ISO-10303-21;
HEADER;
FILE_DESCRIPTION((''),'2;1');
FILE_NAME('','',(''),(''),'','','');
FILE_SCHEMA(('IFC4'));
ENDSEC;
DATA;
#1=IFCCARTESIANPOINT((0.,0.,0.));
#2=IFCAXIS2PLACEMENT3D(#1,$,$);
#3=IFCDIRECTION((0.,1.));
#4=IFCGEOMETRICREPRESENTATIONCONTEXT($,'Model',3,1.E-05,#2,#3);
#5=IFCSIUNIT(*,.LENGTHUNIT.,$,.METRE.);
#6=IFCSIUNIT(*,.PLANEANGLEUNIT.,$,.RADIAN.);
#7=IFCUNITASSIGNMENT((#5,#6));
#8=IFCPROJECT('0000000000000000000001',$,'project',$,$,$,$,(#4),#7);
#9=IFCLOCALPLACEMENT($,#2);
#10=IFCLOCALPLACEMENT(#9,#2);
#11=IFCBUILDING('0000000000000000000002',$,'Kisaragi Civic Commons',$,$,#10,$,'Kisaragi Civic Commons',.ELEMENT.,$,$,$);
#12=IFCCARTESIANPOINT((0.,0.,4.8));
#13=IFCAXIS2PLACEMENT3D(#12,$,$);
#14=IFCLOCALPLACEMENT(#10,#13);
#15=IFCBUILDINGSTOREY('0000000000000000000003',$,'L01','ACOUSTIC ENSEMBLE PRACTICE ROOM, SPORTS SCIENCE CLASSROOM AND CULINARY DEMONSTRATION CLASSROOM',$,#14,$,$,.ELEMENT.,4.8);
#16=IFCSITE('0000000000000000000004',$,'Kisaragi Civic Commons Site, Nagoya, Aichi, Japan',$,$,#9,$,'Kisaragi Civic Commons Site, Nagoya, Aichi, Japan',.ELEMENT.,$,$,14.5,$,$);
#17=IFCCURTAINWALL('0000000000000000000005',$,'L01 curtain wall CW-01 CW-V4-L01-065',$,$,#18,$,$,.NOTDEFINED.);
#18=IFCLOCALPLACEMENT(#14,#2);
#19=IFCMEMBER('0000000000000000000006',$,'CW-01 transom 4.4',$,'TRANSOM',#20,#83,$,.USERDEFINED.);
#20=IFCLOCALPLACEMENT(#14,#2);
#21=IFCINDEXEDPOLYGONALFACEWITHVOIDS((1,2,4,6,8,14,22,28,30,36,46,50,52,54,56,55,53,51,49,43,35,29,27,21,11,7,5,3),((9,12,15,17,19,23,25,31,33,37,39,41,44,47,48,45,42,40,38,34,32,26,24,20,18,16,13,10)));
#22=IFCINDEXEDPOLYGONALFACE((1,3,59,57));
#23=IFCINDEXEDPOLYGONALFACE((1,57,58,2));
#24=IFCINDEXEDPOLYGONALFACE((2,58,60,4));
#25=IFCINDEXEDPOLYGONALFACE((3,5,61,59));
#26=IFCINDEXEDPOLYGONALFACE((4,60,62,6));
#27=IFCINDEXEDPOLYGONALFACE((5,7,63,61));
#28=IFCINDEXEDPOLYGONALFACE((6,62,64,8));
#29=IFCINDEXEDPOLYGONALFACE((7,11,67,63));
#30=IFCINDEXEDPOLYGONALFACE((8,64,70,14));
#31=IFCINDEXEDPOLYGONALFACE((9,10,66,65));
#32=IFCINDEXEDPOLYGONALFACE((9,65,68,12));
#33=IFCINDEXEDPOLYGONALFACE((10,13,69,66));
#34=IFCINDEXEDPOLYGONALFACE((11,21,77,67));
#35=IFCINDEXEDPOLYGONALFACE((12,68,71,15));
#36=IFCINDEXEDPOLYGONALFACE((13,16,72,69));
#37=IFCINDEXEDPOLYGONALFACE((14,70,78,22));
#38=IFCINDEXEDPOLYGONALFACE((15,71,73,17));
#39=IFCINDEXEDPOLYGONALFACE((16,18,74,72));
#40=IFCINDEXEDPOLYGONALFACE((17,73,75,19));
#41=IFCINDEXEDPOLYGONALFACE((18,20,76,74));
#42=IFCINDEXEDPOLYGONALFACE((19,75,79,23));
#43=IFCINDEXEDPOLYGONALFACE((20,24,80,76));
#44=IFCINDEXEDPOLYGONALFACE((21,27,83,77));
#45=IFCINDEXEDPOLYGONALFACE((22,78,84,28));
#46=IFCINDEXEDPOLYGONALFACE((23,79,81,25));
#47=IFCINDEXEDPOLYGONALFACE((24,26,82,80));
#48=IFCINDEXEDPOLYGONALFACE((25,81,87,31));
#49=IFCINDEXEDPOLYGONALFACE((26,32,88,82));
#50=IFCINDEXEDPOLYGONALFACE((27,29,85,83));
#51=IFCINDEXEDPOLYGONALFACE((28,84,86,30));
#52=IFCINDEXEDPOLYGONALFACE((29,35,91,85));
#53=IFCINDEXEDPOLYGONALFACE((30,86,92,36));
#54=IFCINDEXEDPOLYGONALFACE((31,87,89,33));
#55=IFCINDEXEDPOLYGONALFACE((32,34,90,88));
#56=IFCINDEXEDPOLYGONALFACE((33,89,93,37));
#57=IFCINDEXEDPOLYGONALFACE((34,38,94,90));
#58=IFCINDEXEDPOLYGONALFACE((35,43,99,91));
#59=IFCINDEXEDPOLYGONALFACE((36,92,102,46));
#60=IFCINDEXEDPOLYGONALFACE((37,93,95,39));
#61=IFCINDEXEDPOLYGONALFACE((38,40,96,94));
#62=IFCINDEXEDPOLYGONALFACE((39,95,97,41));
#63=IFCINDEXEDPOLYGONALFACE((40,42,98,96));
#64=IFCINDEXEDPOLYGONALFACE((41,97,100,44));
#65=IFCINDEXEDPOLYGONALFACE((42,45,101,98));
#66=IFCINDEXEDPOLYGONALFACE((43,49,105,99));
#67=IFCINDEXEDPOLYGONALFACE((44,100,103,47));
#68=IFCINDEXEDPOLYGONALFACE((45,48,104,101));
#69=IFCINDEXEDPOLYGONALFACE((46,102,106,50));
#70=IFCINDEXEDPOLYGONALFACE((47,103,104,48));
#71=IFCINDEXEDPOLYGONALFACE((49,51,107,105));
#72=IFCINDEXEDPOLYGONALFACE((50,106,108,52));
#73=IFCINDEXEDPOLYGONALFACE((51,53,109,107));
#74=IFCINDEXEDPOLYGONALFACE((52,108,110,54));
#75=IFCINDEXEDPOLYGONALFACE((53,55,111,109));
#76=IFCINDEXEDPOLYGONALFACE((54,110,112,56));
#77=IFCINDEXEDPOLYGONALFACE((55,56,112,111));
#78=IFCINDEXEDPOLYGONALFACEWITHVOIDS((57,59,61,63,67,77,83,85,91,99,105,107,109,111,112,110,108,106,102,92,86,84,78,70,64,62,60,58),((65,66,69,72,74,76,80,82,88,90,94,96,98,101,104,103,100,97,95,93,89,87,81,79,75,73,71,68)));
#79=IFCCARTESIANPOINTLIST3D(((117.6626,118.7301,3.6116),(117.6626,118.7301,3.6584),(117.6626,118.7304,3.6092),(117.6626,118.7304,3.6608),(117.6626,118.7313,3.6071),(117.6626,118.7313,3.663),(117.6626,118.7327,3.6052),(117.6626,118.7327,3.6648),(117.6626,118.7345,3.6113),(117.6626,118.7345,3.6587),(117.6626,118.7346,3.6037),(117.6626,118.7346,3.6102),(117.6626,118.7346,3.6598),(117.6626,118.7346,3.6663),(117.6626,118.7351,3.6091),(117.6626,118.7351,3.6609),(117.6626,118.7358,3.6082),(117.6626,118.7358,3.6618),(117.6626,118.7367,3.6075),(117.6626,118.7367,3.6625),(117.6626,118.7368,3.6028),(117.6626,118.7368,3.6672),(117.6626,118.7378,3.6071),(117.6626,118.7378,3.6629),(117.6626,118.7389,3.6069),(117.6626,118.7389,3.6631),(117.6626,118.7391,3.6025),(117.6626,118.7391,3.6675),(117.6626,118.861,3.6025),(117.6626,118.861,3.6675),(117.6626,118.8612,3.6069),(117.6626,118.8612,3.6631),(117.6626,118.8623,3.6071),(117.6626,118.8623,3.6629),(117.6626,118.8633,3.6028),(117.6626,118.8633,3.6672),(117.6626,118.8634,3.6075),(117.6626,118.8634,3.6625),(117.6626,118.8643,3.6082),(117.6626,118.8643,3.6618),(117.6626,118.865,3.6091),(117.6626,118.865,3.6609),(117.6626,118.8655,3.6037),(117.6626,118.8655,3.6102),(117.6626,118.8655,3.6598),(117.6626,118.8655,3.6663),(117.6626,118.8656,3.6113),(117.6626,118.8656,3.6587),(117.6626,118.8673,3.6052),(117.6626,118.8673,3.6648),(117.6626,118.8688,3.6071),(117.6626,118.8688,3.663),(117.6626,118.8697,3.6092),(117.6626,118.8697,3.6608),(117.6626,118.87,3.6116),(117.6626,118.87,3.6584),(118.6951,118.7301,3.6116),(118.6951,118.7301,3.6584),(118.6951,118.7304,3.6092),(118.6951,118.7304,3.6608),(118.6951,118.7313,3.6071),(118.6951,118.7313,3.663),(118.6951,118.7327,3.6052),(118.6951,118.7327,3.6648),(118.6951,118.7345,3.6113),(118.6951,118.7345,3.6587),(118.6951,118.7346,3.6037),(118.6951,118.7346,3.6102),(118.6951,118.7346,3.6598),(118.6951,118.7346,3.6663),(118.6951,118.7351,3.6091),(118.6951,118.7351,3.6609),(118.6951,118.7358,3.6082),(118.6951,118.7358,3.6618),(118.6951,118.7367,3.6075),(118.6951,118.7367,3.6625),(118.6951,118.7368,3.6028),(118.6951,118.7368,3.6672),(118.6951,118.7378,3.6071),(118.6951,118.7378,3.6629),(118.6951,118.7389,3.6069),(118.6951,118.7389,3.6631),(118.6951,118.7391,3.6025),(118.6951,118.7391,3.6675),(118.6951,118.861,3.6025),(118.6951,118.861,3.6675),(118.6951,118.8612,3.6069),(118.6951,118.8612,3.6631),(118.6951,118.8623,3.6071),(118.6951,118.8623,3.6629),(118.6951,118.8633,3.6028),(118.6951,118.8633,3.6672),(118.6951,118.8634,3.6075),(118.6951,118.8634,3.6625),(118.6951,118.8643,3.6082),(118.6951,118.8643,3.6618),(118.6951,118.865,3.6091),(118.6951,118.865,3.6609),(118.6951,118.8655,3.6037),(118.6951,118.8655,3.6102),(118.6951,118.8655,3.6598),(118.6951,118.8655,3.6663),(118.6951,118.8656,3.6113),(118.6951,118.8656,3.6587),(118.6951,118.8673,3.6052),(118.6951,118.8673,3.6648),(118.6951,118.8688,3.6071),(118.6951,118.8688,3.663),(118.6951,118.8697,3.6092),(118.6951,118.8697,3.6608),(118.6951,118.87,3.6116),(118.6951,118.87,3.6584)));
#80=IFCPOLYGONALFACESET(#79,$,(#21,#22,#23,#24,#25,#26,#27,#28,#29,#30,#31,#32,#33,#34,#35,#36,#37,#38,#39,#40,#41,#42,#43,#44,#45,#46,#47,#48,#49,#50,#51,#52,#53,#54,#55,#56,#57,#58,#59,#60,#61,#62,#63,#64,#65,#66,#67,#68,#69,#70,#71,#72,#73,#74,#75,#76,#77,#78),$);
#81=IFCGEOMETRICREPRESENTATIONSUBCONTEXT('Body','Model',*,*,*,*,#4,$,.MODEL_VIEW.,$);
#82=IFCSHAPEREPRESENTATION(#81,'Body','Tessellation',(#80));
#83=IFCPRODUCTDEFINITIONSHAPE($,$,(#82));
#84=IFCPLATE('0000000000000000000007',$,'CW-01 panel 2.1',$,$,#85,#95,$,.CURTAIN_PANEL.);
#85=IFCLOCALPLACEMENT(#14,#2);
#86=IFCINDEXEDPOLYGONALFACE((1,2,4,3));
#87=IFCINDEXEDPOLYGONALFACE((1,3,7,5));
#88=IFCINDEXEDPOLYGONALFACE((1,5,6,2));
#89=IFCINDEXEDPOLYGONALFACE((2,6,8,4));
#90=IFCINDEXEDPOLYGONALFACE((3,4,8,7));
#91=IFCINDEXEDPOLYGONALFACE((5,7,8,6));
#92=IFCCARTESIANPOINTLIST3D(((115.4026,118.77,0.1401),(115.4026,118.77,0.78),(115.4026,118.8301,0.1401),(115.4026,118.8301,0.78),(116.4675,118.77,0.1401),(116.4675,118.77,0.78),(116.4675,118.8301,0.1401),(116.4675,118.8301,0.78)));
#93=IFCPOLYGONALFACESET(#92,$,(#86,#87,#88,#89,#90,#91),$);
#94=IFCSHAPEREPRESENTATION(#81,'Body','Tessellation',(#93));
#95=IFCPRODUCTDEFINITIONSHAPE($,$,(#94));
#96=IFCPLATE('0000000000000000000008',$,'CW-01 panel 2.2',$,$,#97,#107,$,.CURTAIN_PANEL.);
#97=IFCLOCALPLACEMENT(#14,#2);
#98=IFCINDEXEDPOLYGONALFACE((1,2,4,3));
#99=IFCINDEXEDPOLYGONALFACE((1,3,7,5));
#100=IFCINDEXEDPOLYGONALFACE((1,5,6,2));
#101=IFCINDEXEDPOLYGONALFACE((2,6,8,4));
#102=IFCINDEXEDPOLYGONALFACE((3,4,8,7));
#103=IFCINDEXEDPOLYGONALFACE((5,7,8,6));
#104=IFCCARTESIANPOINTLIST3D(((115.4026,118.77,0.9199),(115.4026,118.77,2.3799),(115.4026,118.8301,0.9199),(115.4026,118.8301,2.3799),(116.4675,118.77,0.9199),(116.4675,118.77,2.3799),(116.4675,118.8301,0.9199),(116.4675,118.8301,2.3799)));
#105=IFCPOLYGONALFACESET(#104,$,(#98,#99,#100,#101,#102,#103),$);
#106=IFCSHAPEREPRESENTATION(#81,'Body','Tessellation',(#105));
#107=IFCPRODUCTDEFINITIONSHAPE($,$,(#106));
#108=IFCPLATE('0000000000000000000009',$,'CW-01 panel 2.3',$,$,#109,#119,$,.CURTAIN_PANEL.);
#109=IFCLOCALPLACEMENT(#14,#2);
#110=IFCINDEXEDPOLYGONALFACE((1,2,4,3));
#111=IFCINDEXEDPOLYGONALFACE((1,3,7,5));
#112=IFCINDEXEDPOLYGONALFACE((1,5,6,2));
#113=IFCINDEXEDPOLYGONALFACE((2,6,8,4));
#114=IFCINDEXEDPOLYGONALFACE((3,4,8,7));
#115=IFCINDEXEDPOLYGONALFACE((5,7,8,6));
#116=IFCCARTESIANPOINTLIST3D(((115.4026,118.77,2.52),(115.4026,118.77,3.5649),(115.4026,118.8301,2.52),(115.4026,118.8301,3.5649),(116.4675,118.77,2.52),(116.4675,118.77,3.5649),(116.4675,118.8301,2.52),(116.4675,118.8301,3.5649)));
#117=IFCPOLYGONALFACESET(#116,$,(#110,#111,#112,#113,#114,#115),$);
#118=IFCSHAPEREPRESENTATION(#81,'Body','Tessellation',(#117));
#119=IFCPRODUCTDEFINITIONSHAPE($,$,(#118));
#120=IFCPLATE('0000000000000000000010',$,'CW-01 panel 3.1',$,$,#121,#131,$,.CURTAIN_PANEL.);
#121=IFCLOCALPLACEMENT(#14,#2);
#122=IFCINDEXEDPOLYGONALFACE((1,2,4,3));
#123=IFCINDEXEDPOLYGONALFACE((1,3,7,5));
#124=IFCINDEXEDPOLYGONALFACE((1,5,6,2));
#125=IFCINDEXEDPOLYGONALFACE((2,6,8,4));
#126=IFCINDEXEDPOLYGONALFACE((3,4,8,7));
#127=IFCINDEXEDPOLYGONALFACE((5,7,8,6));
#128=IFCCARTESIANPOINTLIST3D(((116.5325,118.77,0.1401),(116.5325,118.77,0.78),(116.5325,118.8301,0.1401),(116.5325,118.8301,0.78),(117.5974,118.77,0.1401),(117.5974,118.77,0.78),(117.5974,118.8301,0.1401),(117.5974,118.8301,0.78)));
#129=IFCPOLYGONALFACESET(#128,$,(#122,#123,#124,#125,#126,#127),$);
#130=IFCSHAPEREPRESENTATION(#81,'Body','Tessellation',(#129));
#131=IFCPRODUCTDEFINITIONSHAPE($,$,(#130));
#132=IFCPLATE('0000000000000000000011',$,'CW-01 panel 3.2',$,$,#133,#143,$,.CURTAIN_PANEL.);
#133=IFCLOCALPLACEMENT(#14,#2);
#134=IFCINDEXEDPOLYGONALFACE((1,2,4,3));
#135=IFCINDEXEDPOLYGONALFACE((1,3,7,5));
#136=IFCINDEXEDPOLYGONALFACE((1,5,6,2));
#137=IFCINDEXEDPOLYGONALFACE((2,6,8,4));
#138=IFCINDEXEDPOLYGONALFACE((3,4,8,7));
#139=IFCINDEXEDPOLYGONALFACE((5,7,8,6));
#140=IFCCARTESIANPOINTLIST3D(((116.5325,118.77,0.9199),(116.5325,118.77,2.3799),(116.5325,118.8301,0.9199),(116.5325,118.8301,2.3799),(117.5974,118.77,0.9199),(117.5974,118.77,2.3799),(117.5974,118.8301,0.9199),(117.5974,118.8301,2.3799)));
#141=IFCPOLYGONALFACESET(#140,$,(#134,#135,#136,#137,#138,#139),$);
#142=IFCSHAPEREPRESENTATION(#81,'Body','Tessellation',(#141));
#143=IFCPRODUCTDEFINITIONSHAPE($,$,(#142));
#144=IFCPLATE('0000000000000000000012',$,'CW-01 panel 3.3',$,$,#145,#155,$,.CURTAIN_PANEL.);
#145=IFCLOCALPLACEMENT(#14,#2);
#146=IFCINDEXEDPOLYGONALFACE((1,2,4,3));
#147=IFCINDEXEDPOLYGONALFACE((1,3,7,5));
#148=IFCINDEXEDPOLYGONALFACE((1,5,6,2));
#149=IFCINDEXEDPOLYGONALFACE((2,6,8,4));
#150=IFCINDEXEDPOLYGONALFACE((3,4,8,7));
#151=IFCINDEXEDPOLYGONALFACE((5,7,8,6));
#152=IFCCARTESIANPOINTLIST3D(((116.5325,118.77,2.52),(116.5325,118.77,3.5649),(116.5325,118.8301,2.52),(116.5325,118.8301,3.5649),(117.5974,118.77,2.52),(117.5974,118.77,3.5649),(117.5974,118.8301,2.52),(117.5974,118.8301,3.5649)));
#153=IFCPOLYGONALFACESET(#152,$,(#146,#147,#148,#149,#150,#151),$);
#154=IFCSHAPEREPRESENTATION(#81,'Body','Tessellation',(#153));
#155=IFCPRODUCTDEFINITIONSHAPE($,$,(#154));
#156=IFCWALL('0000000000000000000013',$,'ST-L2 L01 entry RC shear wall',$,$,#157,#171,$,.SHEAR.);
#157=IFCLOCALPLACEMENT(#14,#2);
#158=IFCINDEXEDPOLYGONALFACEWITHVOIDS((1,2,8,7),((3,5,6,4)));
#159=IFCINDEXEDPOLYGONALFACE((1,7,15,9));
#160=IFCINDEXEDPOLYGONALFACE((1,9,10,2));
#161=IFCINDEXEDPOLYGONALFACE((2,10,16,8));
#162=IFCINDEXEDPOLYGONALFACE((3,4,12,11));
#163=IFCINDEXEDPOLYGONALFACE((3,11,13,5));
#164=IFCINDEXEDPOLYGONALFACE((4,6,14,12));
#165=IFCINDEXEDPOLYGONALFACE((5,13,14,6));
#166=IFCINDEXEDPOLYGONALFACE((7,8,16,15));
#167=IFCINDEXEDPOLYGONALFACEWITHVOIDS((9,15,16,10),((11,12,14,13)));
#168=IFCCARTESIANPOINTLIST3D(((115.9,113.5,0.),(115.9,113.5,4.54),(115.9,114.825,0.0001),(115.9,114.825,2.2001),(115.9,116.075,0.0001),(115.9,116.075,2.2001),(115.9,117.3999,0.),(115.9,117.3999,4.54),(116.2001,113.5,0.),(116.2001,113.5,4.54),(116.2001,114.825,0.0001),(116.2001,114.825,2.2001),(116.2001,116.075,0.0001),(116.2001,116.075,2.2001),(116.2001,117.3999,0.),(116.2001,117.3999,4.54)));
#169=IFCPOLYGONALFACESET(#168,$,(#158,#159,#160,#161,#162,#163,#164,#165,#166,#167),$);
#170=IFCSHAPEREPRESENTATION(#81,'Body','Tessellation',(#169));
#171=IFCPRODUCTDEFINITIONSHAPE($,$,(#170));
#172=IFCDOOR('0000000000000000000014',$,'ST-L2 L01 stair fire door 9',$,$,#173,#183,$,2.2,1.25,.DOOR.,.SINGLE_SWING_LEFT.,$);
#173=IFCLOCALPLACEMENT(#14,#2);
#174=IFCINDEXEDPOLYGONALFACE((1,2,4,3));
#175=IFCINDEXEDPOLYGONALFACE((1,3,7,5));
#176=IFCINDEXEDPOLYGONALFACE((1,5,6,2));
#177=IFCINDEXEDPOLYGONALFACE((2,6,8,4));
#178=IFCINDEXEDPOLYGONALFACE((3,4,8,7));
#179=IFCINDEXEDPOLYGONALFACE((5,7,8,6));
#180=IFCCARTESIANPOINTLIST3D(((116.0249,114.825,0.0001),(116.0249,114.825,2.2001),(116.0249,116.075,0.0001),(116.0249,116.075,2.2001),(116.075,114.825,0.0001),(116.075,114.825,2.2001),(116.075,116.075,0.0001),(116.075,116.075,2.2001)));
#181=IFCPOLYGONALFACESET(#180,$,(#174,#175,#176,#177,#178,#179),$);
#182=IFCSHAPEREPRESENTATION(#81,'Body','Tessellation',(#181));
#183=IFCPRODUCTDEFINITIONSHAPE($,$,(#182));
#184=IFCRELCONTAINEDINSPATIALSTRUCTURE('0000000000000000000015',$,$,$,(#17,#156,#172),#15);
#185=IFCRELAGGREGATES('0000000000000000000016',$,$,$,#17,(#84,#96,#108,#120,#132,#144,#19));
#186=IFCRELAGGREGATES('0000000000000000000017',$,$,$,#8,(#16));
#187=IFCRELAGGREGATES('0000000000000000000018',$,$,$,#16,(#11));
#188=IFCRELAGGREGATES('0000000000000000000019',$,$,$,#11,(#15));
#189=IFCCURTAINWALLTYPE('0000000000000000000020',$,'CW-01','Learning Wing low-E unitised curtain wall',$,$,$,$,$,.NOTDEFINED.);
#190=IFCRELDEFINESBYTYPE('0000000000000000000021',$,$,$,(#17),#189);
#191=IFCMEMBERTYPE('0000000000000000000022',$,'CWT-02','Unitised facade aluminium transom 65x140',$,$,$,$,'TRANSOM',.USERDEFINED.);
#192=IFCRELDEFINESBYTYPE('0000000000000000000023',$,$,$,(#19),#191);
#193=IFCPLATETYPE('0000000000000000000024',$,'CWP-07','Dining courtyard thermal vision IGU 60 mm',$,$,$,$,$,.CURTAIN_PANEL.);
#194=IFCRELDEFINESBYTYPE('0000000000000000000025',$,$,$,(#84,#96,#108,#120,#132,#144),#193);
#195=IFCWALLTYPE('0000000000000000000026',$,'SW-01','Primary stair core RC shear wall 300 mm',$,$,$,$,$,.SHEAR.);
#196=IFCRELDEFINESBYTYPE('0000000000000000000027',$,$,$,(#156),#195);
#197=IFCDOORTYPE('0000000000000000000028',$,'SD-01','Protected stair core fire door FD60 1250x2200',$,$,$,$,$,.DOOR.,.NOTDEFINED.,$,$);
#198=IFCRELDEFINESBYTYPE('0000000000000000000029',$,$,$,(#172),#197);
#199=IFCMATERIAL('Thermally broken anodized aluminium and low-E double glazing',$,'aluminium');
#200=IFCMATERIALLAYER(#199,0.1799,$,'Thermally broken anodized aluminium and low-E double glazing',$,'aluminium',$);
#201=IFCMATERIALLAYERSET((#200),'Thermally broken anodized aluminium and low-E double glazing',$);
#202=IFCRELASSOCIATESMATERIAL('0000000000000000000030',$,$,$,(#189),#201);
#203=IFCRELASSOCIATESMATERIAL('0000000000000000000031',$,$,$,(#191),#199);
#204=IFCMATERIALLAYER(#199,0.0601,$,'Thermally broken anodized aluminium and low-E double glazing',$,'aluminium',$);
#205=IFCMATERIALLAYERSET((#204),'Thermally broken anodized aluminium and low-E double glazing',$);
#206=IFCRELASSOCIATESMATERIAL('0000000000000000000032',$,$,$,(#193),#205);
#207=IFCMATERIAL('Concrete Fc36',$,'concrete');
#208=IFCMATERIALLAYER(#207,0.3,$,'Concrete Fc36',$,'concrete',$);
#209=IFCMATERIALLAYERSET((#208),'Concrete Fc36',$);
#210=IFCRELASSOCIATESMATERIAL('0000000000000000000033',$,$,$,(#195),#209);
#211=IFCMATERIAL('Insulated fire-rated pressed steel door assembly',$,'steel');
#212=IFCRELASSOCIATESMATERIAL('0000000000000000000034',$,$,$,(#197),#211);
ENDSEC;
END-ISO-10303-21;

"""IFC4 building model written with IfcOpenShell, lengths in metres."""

from ifc_helpers import new_model, si_unit, direction, frame, frame_2d, origin, origin_2d, place, context, subcontext, project, spatial, rectangle, hollow_rectangle, extrude, material, layer, layer_set, material_profile, profile_set, type_object, element, fill, aggregate, save


model = new_model("IFC4")

# Units and contexts
model_context = context("Model", 3, precision=1e-05, world=origin(), true_north=direction((0.0, 1.0)))
body_context = subcontext(model_context, "Body", "Model", "MODEL_VIEW")
ifc_project = project(units=[si_unit("LENGTHUNIT", "METRE"), si_unit("PLANEANGLEUNIT", "RADIAN")], contexts=[model_context])

# Site, building, storey
site_placement = place(None, origin())
site = spatial("IfcSite", under=ifc_project, at=site_placement, Name="Kisaragi Civic Commons Site, Nagoya, Aichi, Japan", LongName="Kisaragi Civic Commons Site, Nagoya, Aichi, Japan", CompositionType="ELEMENT", RefElevation=14.5)
building_placement = place(site_placement, origin())
building = spatial("IfcBuilding", under=site, at=building_placement, Name="Kisaragi Civic Commons", LongName="Kisaragi Civic Commons", CompositionType="ELEMENT")
storey_placement = place(building_placement, frame((0.0, 0.0, 4.8)))
storey = spatial("IfcBuildingStorey", under=building, at=storey_placement, Name="L01", Description="ACOUSTIC ENSEMBLE PRACTICE ROOM, SPORTS SCIENCE CLASSROOM AND CULINARY DEMONSTRATION CLASSROOM", CompositionType="ELEMENT", Elevation=4.8)

# Curtain wall, member, plates
ifc_material_1 = material(Name="Thermally broken anodized aluminium and low-E double glazing", Category="aluminium")
ifc_layer_1 = layer(ifc_material_1, 0.1799, Name="Thermally broken anodized aluminium and low-E double glazing", Category="aluminium")
ifc_layer_set_1 = layer_set([ifc_layer_1], Name="Thermally broken anodized aluminium and low-E double glazing")
curtain_wall_type = type_object("IfcCurtainWallType", Name="CW-01", Description="Learning Wing low-E unitised curtain wall", PredefinedType="NOTDEFINED", material=ifc_layer_set_1)
curtain_wall_placement = place(storey_placement, origin())
curtain_wall = element("IfcCurtainWall", 1, at=curtain_wall_placement, inside=storey, type_object=curtain_wall_type, Name="L01 curtain wall CW-01 CW-V4-L01-065", PredefinedType="NOTDEFINED")
ifc_material_profile_1 = material_profile(ifc_material_1, hollow_rectangle(XDim=0.1399, YDim=0.0649, WallThickness=0.0044, InnerFilletRadius=0.0044, OuterFilletRadius=0.009, at=origin_2d()), Name="CWT-65x140x4.5", Category="aluminium")
ifc_profile_set_1 = profile_set([ifc_material_profile_1], Name="Thermally broken anodized aluminium and low-E double glazing")
member_type_1 = type_object("IfcMemberType", Name="CWT-02", Description="Unitised facade aluminium transom 65x140", ElementType="TRANSOM", PredefinedType="USERDEFINED", material=ifc_profile_set_1)
member_1_placement = place(storey_placement, frame((117.6626, 118.8, 3.635), z_axis=(1.0, 0.0, 0.0), x_axis=(0.0, 1.0, 0.0)))
member_1 = element("IfcMember", 2, at=member_1_placement, type_object=member_type_1, Name="CW-01 transom 4.4", ObjectType="TRANSOM", PredefinedType="USERDEFINED", context=body_context, shape_type="SweptSolid", body=[
    extrude(hollow_rectangle(XDim=0.1399, YDim=0.0649, WallThickness=0.0044, InnerFilletRadius=0.0044, OuterFilletRadius=0.009, at=origin_2d()), origin(), (0.0, 0.0, 1.0), 1.0325),
])
ifc_layer_2 = layer(ifc_material_1, 0.0601, Name="Thermally broken anodized aluminium and low-E double glazing", Category="aluminium")
ifc_layer_set_2 = layer_set([ifc_layer_2], Name="Thermally broken anodized aluminium and low-E double glazing")
plate_type = type_object("IfcPlateType", Name="CWP-07", Description="Dining courtyard thermal vision IGU 60 mm", PredefinedType="CURTAIN_PANEL", material=ifc_layer_set_2)
plate_1_placement = place(storey_placement, frame((115.9351, 118.8, 0.1401), z_axis=(0.0, 0.0, 1.0), x_axis=(1.0, 0.0, 0.0)))
plate_1 = element("IfcPlate", 3, at=plate_1_placement, type_object=plate_type, Name="CW-01 panel 2.1", PredefinedType="CURTAIN_PANEL", context=body_context, shape_type="SweptSolid", body=[
    extrude(rectangle(XDim=1.0649, YDim=0.0601, at=origin_2d()), origin(), (0.0, 0.0, 1.0), 0.6399),
])
plate_2_placement = place(storey_placement, frame((115.9351, 118.8, 0.9199), z_axis=(0.0, 0.0, 1.0), x_axis=(1.0, 0.0, 0.0)))
plate_2 = element("IfcPlate", 4, at=plate_2_placement, type_object=plate_type, Name="CW-01 panel 2.2", PredefinedType="CURTAIN_PANEL", context=body_context, shape_type="SweptSolid", body=[
    extrude(rectangle(XDim=1.0649, YDim=0.0601, at=origin_2d()), origin(), (0.0, 0.0, 1.0), 1.46),
])
plate_3_placement = place(storey_placement, frame((115.9351, 118.8, 2.52), z_axis=(0.0, 0.0, 1.0), x_axis=(1.0, 0.0, 0.0)))
plate_3 = element("IfcPlate", 5, at=plate_3_placement, type_object=plate_type, Name="CW-01 panel 2.3", PredefinedType="CURTAIN_PANEL", context=body_context, shape_type="SweptSolid", body=[
    extrude(rectangle(XDim=1.0649, YDim=0.0601, at=origin_2d()), origin(), (0.0, 0.0, 1.0), 1.0449),
])
plate_4_placement = place(storey_placement, frame((117.0649, 118.8, 0.1401), z_axis=(0.0, 0.0, 1.0), x_axis=(1.0, 0.0, 0.0)))
plate_4 = element("IfcPlate", 6, at=plate_4_placement, type_object=plate_type, Name="CW-01 panel 3.1", PredefinedType="CURTAIN_PANEL", context=body_context, shape_type="SweptSolid", body=[
    extrude(rectangle(XDim=1.0649, YDim=0.0601, at=origin_2d()), origin(), (0.0, 0.0, 1.0), 0.6399),
])
plate_5_placement = place(storey_placement, frame((117.0649, 118.8, 0.9199), z_axis=(0.0, 0.0, 1.0), x_axis=(1.0, 0.0, 0.0)))
plate_5 = element("IfcPlate", 7, at=plate_5_placement, type_object=plate_type, Name="CW-01 panel 3.2", PredefinedType="CURTAIN_PANEL", context=body_context, shape_type="SweptSolid", body=[
    extrude(rectangle(XDim=1.0649, YDim=0.0601, at=origin_2d()), origin(), (0.0, 0.0, 1.0), 1.46),
])
plate_6_placement = place(storey_placement, frame((117.0649, 118.8, 2.52), z_axis=(0.0, 0.0, 1.0), x_axis=(1.0, 0.0, 0.0)))
plate_6 = element("IfcPlate", 8, at=plate_6_placement, type_object=plate_type, Name="CW-01 panel 3.3", PredefinedType="CURTAIN_PANEL", context=body_context, shape_type="SweptSolid", body=[
    extrude(rectangle(XDim=1.0649, YDim=0.0601, at=origin_2d()), origin(), (0.0, 0.0, 1.0), 1.0449),
])
aggregate(curtain_wall, [plate_1, plate_2, plate_3, plate_4, plate_5, plate_6, member_1])

# Wall, opening, door
ifc_material_2 = material(Name="Concrete Fc36", Category="concrete")
ifc_layer_3 = layer(ifc_material_2, 0.3, Name="Concrete Fc36", Category="concrete")
ifc_layer_set_3 = layer_set([ifc_layer_3], Name="Concrete Fc36")
wall_type = type_object("IfcWallType", Name="SW-01", Description="Primary stair core RC shear wall 300 mm", PredefinedType="SHEAR", material=ifc_layer_set_3)
wall_1_placement = place(storey_placement, frame((116.05, 117.3999, 0.0), z_axis=(0.0, 0.0, 1.0), x_axis=(0.0, -1.0, 0.0)))
wall_1 = element("IfcWall", 9, at=wall_1_placement, inside=storey, type_object=wall_type, Name="ST-L2 L01 entry RC shear wall", PredefinedType="SHEAR", context=body_context, shape_type="SweptSolid", body=[
    extrude(rectangle(XDim=3.8999, YDim=0.3, at=frame_2d((1.95, 0.0))), origin(), (0.0, 0.0, 1.0), 4.54),
])
opening_placement = place(wall_1_placement, frame((1.325, 0.0, 0.0)))
opening = element("IfcOpeningElement", 10, at=opening_placement, cuts=wall_1, PredefinedType="OPENING", context=body_context, shape_type="SweptSolid", body=[
    extrude(rectangle(XDim=1.25, YDim=2.2, at=frame_2d((0.625, 1.1001))), frame((0.0, 0.1599, 0.0), z_axis=(0.0, -1.0, 0.0), x_axis=(1.0, 0.0, 0.0)), (0.0, 0.0, 1.0), 0.3201),
])
ifc_material_3 = material(Name="Insulated fire-rated pressed steel door assembly", Category="steel")
door_type = type_object("IfcDoorType", Name="SD-01", Description="Protected stair core fire door FD60 1250x2200", OperationType="NOTDEFINED", PredefinedType="DOOR", material=ifc_material_3)
door_placement = place(opening_placement, origin())
door = element("IfcDoor", 11, at=door_placement, inside=storey, type_object=door_type, Name="ST-L2 L01 stair fire door 9", OperationType="SINGLE_SWING_LEFT", OverallHeight=2.2, OverallWidth=1.25, PredefinedType="DOOR", context=body_context, shape_type="SweptSolid", body=[
    extrude(rectangle(XDim=1.25, YDim=2.2, at=frame_2d((0.625, 1.1001))), frame((0.0, 0.0249, 0.0), z_axis=(0.0, -1.0, 0.0), x_axis=(1.0, 0.0, 0.0)), (0.0, 0.0, 1.0), 0.05),
])
fill(opening, door)

save(model, "model.ifc")
